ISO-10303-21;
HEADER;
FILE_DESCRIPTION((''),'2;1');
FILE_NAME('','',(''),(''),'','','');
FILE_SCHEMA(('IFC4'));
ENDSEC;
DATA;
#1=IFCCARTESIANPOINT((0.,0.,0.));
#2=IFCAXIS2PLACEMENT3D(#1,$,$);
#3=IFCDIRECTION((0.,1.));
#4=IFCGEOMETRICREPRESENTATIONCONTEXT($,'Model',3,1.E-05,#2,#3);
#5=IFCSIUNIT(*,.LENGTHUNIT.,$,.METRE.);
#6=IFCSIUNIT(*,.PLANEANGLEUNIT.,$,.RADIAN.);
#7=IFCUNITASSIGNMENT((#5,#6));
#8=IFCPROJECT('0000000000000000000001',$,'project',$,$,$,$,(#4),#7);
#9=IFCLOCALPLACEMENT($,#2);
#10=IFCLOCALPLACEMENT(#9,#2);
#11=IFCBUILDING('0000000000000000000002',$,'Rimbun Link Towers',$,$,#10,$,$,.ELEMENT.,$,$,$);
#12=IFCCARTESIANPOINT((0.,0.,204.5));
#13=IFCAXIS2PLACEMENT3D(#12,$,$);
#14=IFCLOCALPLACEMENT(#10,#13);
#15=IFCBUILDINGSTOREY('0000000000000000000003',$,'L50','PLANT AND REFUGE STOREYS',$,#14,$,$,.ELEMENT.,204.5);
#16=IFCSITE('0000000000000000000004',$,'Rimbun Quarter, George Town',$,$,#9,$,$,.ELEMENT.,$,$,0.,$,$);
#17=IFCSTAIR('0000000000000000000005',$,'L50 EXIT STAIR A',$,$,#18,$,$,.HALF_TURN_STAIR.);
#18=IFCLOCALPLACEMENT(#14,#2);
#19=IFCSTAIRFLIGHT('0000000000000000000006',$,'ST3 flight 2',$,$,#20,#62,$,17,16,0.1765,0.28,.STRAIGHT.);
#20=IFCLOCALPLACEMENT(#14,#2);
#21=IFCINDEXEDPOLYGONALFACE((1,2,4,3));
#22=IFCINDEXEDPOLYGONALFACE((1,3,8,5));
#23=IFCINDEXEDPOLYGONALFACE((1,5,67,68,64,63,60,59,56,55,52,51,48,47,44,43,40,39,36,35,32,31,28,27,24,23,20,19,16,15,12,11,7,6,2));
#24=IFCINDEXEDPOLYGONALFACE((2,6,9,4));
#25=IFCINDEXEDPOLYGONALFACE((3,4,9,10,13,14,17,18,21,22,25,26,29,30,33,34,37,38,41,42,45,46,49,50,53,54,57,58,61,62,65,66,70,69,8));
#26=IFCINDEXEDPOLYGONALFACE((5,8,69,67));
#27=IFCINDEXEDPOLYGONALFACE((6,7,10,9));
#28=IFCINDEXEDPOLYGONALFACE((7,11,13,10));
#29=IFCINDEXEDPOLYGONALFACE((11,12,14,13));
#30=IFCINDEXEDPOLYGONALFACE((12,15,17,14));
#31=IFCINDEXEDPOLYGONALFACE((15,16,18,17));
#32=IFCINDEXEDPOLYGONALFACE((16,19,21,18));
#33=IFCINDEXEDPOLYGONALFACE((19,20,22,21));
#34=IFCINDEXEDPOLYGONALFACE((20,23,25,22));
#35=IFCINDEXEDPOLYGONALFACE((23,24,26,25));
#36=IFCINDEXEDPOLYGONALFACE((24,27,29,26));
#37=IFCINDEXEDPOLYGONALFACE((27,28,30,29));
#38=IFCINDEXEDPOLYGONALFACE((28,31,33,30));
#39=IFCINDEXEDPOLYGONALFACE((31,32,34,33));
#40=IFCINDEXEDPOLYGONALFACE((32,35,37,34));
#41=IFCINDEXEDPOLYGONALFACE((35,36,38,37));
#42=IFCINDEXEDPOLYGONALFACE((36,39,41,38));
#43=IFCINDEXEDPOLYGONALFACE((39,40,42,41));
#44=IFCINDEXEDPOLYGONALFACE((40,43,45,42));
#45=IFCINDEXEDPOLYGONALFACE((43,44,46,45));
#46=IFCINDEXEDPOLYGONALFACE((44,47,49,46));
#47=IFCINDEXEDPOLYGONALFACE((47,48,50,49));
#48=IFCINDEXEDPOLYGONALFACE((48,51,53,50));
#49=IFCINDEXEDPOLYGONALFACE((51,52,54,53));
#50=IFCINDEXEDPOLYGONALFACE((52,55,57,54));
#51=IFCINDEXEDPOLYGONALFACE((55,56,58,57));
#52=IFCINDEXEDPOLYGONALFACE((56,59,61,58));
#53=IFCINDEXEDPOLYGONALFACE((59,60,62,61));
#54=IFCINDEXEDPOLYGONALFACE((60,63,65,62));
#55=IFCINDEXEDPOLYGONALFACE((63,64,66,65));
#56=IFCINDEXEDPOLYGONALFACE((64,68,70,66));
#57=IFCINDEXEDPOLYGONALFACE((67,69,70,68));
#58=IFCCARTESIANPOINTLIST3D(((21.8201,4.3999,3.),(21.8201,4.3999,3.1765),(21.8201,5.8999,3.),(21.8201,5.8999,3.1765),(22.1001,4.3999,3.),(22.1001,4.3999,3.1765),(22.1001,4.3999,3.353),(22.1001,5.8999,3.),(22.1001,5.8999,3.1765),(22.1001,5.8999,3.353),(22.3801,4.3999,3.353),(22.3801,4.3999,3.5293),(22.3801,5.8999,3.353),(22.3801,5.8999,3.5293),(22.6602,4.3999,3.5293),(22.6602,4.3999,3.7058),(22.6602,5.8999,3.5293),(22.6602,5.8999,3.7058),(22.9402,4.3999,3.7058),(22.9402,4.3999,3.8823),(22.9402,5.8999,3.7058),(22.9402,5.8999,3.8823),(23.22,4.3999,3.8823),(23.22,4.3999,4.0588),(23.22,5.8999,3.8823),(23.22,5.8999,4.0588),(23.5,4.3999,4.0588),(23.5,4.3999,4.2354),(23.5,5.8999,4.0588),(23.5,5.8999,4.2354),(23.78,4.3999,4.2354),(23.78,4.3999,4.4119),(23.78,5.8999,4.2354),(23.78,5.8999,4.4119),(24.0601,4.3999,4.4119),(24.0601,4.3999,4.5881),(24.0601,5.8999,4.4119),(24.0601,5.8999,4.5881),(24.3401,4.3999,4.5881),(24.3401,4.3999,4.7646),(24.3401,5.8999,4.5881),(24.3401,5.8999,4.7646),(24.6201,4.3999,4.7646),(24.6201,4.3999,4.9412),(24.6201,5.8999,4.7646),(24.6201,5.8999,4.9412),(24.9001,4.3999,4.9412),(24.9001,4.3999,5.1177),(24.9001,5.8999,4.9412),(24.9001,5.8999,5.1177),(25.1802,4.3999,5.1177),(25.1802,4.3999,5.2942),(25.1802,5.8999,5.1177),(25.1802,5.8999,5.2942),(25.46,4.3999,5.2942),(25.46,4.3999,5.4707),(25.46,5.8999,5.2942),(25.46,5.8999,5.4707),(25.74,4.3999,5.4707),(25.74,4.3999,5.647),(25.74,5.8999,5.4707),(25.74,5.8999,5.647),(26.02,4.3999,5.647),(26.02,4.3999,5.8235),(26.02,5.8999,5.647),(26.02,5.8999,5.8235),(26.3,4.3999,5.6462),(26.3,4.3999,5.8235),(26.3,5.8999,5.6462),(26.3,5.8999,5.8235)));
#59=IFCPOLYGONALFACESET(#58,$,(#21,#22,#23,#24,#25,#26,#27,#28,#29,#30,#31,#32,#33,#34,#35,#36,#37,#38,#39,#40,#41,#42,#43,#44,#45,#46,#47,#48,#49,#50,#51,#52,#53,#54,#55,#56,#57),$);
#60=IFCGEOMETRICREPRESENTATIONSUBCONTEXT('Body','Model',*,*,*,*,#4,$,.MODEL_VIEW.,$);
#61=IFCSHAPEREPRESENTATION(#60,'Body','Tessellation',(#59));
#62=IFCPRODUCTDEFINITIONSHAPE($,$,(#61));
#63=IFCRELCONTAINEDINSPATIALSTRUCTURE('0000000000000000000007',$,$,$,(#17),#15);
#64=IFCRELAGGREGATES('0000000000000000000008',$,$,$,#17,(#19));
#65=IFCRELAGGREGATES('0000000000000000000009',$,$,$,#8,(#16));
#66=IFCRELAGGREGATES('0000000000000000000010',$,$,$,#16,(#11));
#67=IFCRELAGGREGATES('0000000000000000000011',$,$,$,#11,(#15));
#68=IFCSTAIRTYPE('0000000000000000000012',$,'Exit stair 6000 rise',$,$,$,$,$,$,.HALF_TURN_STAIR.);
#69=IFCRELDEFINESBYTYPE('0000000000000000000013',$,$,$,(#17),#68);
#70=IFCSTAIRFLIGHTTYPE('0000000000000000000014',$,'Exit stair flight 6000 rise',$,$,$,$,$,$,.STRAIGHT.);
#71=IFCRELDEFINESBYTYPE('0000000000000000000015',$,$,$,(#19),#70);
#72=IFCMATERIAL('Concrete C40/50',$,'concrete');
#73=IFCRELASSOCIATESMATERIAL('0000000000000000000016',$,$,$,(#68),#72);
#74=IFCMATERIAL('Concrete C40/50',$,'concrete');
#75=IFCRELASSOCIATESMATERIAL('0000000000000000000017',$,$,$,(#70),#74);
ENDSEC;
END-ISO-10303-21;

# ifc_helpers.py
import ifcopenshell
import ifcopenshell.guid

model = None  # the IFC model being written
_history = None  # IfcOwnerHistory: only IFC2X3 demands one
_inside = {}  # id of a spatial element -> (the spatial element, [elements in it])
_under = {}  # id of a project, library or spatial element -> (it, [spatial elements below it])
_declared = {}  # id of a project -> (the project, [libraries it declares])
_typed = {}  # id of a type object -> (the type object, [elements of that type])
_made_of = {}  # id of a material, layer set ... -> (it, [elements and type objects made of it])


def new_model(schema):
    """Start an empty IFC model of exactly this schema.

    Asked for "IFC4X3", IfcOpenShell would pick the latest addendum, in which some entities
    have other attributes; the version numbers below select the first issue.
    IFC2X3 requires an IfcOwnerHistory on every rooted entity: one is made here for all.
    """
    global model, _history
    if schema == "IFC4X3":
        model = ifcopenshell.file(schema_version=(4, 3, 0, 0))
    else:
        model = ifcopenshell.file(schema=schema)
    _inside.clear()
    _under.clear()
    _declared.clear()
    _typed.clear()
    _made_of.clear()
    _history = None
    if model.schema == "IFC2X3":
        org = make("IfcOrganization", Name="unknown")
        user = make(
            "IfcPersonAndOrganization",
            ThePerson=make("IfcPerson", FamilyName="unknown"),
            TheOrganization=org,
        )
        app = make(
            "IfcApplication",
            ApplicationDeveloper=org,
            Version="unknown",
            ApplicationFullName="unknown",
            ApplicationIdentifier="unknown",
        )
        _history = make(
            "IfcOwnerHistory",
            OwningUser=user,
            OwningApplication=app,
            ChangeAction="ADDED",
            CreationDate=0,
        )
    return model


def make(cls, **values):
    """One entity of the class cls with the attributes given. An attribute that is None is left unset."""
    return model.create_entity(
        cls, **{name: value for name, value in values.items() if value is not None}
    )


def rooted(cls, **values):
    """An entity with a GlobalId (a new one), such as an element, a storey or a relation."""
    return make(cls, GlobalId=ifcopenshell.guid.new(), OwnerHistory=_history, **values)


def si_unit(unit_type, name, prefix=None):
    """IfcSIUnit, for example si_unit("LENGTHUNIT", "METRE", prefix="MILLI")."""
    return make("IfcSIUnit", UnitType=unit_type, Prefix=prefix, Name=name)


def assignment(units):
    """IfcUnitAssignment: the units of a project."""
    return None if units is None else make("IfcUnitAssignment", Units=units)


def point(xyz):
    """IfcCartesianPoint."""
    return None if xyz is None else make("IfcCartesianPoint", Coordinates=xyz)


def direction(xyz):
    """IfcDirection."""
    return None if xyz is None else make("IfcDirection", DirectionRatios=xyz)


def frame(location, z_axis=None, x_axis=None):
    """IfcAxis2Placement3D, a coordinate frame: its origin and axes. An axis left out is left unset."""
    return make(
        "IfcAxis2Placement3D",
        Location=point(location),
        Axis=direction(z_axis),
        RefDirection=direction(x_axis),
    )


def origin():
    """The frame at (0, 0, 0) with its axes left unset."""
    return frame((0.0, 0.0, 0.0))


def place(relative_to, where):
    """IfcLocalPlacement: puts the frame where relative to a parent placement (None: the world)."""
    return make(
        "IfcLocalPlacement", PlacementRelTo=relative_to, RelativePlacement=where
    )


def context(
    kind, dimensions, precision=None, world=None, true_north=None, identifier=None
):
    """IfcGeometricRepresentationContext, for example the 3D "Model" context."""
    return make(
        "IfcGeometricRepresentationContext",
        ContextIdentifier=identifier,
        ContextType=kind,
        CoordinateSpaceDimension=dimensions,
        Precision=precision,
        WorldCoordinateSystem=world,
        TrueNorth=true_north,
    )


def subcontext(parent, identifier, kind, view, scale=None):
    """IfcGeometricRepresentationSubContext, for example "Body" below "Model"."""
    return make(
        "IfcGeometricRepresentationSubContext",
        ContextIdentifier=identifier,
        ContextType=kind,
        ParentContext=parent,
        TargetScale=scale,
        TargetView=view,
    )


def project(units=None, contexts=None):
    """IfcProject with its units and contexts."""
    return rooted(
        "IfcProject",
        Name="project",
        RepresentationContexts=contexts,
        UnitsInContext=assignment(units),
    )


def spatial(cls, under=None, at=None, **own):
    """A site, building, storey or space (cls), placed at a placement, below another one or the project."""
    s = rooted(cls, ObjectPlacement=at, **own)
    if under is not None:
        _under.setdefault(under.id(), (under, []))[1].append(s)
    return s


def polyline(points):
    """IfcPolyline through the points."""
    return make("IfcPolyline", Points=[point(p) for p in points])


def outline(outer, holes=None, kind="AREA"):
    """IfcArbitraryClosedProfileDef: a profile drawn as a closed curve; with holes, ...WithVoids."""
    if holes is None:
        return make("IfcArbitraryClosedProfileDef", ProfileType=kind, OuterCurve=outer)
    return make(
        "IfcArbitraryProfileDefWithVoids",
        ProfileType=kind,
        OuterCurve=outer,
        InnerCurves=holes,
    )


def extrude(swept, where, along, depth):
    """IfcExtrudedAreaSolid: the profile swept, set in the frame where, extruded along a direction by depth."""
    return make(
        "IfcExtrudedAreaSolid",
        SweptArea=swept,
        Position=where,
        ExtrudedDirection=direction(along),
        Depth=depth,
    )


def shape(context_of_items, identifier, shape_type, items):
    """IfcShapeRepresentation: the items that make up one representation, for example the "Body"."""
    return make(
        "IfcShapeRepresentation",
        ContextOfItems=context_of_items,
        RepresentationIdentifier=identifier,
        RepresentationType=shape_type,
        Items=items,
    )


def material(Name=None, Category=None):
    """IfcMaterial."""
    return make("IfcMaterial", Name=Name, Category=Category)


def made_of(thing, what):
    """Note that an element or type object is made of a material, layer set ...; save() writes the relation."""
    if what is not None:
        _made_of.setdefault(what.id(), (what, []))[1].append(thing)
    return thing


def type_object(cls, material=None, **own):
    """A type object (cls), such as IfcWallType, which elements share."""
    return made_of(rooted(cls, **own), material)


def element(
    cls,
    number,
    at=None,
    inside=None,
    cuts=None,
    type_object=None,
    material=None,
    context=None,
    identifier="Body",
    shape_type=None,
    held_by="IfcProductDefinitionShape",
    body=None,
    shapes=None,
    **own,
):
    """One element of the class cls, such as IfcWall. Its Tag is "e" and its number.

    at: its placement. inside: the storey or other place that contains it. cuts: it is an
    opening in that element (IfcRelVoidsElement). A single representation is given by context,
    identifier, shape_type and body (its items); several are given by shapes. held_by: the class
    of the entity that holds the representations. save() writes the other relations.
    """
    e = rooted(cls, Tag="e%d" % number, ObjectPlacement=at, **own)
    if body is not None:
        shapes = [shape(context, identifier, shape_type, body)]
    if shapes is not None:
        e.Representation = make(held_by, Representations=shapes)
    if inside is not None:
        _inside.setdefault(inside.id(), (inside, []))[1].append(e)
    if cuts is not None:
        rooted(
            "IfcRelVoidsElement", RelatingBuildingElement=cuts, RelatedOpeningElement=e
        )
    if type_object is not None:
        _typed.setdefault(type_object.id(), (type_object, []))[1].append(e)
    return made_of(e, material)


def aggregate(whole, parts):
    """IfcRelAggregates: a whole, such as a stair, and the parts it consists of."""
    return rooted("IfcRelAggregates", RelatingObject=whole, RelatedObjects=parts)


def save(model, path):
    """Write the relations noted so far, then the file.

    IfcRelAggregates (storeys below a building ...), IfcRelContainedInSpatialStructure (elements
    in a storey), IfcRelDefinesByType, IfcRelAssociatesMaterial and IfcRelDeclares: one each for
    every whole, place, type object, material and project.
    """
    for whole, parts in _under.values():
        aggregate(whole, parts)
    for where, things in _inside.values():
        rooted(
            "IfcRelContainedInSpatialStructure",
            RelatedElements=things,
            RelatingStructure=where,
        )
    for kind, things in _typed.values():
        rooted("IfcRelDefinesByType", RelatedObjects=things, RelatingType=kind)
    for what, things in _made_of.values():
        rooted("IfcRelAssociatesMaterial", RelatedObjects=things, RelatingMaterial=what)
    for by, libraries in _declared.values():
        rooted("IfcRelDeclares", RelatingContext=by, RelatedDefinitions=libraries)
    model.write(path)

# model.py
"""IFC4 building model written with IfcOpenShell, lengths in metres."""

from ifc_helpers import new_model, si_unit, direction, frame, origin, place, context, subcontext, project, spatial, polyline, outline, extrude, material, type_object, element, aggregate, save


model = new_model("IFC4")

# Units and contexts
model_context = context("Model", 3, precision=1e-05, world=origin(), true_north=direction((0.0, 1.0)))
body_context = subcontext(model_context, "Body", "Model", "MODEL_VIEW")
ifc_project = project(units=[si_unit("LENGTHUNIT", "METRE"), si_unit("PLANEANGLEUNIT", "RADIAN")], contexts=[model_context])

# Site, building, storey
site_placement = place(None, origin())
site = spatial("IfcSite", under=ifc_project, at=site_placement, Name="Rimbun Quarter, George Town", CompositionType="ELEMENT", RefElevation=0.0)
building_placement = place(site_placement, origin())
building = spatial("IfcBuilding", under=site, at=building_placement, Name="Rimbun Link Towers", CompositionType="ELEMENT")
storey_placement = place(building_placement, frame((0.0, 0.0, 204.5)))
storey = spatial("IfcBuildingStorey", under=building, at=storey_placement, Name="L50", Description="PLANT AND REFUGE STOREYS", CompositionType="ELEMENT", Elevation=204.5)

# Stair, stair flight
ifc_material_1 = material(Name="Concrete C40/50", Category="concrete")
stair_type = type_object("IfcStairType", Name="Exit stair 6000 rise", PredefinedType="HALF_TURN_STAIR", material=ifc_material_1)
stair_placement = place(storey_placement, origin())
stair = element("IfcStair", 1, at=stair_placement, inside=storey, type_object=stair_type, Name="L50 EXIT STAIR A", PredefinedType="HALF_TURN_STAIR")
ifc_material_2 = material(Name="Concrete C40/50", Category="concrete")
stair_flight_type = type_object("IfcStairFlightType", Name="Exit stair flight 6000 rise", PredefinedType="STRAIGHT", material=ifc_material_2)
stair_flight_1_placement = place(storey_placement, frame((21.8201, 5.1499, 3.0), z_axis=(0.0, 0.0, 1.0), x_axis=(1.0, 0.0, 0.0)))
stair_flight_1 = element("IfcStairFlight", 2, at=stair_flight_1_placement, type_object=stair_flight_type, Name="ST3 flight 2", NumberOfRisers=17, NumberOfTreads=16, PredefinedType="STRAIGHT", RiserHeight=0.1765, TreadLength=0.28, context=body_context, shape_type="SweptSolid", body=[
    extrude(outline(polyline([(0.0, 0.0), (0.0, 0.1765), (0.28, 0.1765), (0.28, 0.353), (0.5601, 0.353), (0.5601, 0.5293), (0.8401, 0.5293), (0.8401, 0.7058), (1.1201, 0.7058), (1.1201, 0.8823), (1.3999, 0.8823), (1.3999, 1.0588), (1.6799, 1.0588), (1.6799, 1.2354), (1.96, 1.2354), (1.96, 1.4119), (2.24, 1.4119), (2.24, 1.5881), (2.52, 1.5881), (2.52, 1.7646), (2.8, 1.7646), (2.8, 1.9412), (3.0801, 1.9412), (3.0801, 2.1177), (3.3601, 2.1177), (3.3601, 2.2942), (3.6399, 2.2942), (3.6399, 2.4707), (3.9199, 2.4707), (3.9199, 2.647), (4.2, 2.647), (4.2, 2.8235), (4.48, 2.8235), (4.48, 3.0), (4.48, 2.6462), (0.28, 0.0), (0.0, 0.0)])), frame((0.0, 0.75, 0.0), z_axis=(0.0, -1.0, 0.0), x_axis=(1.0, 0.0, 0.0)), (0.0, 0.0, 1.0), 1.5),
])
aggregate(stair, [stair_flight_1])

save(model, "model.ifc")
